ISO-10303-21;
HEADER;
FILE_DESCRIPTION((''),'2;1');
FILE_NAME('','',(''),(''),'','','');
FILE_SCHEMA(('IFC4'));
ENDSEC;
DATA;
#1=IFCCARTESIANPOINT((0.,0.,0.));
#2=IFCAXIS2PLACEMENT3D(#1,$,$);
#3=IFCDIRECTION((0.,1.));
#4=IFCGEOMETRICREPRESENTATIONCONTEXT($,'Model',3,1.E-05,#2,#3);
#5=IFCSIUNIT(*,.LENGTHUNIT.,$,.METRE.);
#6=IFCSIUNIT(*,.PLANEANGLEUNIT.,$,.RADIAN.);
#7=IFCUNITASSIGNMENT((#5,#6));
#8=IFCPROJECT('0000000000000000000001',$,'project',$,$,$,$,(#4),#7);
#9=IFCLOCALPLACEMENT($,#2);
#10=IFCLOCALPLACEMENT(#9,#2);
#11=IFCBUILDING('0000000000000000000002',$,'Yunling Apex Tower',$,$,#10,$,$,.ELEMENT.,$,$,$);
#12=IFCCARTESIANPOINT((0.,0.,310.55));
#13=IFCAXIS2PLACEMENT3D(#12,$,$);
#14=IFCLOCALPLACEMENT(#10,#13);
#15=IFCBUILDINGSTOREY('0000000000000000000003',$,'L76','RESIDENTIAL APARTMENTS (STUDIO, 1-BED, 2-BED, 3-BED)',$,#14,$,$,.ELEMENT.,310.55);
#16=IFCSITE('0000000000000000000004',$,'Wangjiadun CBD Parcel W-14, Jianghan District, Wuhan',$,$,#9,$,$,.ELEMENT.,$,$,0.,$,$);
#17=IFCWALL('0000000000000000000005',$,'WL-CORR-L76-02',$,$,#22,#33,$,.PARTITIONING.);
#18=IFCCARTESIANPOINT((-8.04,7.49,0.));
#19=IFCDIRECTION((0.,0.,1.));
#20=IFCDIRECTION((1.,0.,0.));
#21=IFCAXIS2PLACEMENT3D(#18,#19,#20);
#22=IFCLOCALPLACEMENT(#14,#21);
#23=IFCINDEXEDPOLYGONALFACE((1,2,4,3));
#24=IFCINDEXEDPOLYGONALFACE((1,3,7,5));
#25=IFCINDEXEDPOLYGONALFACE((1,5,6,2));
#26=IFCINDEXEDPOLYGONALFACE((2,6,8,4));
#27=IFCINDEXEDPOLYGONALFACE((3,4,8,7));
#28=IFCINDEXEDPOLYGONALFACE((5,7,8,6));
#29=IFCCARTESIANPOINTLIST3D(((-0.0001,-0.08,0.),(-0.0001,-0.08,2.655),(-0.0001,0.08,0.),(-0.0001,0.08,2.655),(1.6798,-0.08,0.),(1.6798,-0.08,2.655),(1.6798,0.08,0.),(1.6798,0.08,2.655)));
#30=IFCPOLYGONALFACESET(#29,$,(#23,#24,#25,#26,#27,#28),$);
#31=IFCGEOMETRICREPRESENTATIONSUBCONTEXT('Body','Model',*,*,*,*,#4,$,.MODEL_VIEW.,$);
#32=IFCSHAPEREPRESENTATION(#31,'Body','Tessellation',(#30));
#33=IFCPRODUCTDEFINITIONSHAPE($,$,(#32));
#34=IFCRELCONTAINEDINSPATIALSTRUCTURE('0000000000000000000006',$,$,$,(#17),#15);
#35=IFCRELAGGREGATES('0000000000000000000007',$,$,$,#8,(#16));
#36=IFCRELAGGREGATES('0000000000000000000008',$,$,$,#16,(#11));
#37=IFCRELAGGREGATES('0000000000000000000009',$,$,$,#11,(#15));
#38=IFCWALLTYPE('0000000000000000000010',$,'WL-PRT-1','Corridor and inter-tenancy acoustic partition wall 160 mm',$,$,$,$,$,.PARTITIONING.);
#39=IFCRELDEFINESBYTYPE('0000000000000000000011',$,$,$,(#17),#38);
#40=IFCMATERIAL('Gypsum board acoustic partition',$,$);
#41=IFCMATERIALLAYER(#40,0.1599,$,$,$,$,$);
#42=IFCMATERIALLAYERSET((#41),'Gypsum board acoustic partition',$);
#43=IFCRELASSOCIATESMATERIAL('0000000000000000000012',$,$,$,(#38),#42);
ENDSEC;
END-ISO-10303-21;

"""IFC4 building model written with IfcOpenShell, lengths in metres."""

from ifc_helpers import new_model, si_unit, direction, frame, frame_2d, origin, place, context, subcontext, project, spatial, rectangle, extrude, material, layer, layer_set, type_object, element, save


model = new_model("IFC4")

# Units and contexts
model_context = context("Model", 3, precision=1e-05, world=origin(), true_north=direction((0.0, 1.0)))
body_context = subcontext(model_context, "Body", "Model", "MODEL_VIEW")
ifc_project = project(units=[si_unit("LENGTHUNIT", "METRE"), si_unit("PLANEANGLEUNIT", "RADIAN")], contexts=[model_context])

# Site, building, storey
site_placement = place(None, origin())
site = spatial("IfcSite", under=ifc_project, at=site_placement, Name="Wangjiadun CBD Parcel W-14, Jianghan District, Wuhan", CompositionType="ELEMENT", RefElevation=0.0)
building_placement = place(site_placement, origin())
building = spatial("IfcBuilding", under=site, at=building_placement, Name="Yunling Apex Tower", CompositionType="ELEMENT")
storey_placement = place(building_placement, frame((0.0, 0.0, 310.55)))
storey = spatial("IfcBuildingStorey", under=building, at=storey_placement, Name="L76", Description="RESIDENTIAL APARTMENTS (STUDIO, 1-BED, 2-BED, 3-BED)", CompositionType="ELEMENT", Elevation=310.55)

# Wall
ifc_material_1 = material(Name="Gypsum board acoustic partition")
ifc_layer_1 = layer(ifc_material_1, 0.1599)
ifc_layer_set_1 = layer_set([ifc_layer_1], Name="Gypsum board acoustic partition")
wall_type_1 = type_object("IfcWallType", Name="WL-PRT-1", Description="Corridor and inter-tenancy acoustic partition wall 160 mm", PredefinedType="PARTITIONING", material=ifc_layer_set_1)
wall_1_placement = place(storey_placement, frame((-8.04, 7.49, 0.0), z_axis=(0.0, 0.0, 1.0), x_axis=(1.0, 0.0, 0.0)))
element("IfcWall", 1, at=wall_1_placement, inside=storey, type_object=wall_type_1, Name="WL-CORR-L76-02", PredefinedType="PARTITIONING", context=body_context, shape_type="SweptSolid", body=[
    extrude(rectangle(XDim=1.6799, YDim=0.1599, at=frame_2d((0.8398, 0.0))), origin(), (0.0, 0.0, 1.0), 2.655),
])

save(model, "model.ifc")
